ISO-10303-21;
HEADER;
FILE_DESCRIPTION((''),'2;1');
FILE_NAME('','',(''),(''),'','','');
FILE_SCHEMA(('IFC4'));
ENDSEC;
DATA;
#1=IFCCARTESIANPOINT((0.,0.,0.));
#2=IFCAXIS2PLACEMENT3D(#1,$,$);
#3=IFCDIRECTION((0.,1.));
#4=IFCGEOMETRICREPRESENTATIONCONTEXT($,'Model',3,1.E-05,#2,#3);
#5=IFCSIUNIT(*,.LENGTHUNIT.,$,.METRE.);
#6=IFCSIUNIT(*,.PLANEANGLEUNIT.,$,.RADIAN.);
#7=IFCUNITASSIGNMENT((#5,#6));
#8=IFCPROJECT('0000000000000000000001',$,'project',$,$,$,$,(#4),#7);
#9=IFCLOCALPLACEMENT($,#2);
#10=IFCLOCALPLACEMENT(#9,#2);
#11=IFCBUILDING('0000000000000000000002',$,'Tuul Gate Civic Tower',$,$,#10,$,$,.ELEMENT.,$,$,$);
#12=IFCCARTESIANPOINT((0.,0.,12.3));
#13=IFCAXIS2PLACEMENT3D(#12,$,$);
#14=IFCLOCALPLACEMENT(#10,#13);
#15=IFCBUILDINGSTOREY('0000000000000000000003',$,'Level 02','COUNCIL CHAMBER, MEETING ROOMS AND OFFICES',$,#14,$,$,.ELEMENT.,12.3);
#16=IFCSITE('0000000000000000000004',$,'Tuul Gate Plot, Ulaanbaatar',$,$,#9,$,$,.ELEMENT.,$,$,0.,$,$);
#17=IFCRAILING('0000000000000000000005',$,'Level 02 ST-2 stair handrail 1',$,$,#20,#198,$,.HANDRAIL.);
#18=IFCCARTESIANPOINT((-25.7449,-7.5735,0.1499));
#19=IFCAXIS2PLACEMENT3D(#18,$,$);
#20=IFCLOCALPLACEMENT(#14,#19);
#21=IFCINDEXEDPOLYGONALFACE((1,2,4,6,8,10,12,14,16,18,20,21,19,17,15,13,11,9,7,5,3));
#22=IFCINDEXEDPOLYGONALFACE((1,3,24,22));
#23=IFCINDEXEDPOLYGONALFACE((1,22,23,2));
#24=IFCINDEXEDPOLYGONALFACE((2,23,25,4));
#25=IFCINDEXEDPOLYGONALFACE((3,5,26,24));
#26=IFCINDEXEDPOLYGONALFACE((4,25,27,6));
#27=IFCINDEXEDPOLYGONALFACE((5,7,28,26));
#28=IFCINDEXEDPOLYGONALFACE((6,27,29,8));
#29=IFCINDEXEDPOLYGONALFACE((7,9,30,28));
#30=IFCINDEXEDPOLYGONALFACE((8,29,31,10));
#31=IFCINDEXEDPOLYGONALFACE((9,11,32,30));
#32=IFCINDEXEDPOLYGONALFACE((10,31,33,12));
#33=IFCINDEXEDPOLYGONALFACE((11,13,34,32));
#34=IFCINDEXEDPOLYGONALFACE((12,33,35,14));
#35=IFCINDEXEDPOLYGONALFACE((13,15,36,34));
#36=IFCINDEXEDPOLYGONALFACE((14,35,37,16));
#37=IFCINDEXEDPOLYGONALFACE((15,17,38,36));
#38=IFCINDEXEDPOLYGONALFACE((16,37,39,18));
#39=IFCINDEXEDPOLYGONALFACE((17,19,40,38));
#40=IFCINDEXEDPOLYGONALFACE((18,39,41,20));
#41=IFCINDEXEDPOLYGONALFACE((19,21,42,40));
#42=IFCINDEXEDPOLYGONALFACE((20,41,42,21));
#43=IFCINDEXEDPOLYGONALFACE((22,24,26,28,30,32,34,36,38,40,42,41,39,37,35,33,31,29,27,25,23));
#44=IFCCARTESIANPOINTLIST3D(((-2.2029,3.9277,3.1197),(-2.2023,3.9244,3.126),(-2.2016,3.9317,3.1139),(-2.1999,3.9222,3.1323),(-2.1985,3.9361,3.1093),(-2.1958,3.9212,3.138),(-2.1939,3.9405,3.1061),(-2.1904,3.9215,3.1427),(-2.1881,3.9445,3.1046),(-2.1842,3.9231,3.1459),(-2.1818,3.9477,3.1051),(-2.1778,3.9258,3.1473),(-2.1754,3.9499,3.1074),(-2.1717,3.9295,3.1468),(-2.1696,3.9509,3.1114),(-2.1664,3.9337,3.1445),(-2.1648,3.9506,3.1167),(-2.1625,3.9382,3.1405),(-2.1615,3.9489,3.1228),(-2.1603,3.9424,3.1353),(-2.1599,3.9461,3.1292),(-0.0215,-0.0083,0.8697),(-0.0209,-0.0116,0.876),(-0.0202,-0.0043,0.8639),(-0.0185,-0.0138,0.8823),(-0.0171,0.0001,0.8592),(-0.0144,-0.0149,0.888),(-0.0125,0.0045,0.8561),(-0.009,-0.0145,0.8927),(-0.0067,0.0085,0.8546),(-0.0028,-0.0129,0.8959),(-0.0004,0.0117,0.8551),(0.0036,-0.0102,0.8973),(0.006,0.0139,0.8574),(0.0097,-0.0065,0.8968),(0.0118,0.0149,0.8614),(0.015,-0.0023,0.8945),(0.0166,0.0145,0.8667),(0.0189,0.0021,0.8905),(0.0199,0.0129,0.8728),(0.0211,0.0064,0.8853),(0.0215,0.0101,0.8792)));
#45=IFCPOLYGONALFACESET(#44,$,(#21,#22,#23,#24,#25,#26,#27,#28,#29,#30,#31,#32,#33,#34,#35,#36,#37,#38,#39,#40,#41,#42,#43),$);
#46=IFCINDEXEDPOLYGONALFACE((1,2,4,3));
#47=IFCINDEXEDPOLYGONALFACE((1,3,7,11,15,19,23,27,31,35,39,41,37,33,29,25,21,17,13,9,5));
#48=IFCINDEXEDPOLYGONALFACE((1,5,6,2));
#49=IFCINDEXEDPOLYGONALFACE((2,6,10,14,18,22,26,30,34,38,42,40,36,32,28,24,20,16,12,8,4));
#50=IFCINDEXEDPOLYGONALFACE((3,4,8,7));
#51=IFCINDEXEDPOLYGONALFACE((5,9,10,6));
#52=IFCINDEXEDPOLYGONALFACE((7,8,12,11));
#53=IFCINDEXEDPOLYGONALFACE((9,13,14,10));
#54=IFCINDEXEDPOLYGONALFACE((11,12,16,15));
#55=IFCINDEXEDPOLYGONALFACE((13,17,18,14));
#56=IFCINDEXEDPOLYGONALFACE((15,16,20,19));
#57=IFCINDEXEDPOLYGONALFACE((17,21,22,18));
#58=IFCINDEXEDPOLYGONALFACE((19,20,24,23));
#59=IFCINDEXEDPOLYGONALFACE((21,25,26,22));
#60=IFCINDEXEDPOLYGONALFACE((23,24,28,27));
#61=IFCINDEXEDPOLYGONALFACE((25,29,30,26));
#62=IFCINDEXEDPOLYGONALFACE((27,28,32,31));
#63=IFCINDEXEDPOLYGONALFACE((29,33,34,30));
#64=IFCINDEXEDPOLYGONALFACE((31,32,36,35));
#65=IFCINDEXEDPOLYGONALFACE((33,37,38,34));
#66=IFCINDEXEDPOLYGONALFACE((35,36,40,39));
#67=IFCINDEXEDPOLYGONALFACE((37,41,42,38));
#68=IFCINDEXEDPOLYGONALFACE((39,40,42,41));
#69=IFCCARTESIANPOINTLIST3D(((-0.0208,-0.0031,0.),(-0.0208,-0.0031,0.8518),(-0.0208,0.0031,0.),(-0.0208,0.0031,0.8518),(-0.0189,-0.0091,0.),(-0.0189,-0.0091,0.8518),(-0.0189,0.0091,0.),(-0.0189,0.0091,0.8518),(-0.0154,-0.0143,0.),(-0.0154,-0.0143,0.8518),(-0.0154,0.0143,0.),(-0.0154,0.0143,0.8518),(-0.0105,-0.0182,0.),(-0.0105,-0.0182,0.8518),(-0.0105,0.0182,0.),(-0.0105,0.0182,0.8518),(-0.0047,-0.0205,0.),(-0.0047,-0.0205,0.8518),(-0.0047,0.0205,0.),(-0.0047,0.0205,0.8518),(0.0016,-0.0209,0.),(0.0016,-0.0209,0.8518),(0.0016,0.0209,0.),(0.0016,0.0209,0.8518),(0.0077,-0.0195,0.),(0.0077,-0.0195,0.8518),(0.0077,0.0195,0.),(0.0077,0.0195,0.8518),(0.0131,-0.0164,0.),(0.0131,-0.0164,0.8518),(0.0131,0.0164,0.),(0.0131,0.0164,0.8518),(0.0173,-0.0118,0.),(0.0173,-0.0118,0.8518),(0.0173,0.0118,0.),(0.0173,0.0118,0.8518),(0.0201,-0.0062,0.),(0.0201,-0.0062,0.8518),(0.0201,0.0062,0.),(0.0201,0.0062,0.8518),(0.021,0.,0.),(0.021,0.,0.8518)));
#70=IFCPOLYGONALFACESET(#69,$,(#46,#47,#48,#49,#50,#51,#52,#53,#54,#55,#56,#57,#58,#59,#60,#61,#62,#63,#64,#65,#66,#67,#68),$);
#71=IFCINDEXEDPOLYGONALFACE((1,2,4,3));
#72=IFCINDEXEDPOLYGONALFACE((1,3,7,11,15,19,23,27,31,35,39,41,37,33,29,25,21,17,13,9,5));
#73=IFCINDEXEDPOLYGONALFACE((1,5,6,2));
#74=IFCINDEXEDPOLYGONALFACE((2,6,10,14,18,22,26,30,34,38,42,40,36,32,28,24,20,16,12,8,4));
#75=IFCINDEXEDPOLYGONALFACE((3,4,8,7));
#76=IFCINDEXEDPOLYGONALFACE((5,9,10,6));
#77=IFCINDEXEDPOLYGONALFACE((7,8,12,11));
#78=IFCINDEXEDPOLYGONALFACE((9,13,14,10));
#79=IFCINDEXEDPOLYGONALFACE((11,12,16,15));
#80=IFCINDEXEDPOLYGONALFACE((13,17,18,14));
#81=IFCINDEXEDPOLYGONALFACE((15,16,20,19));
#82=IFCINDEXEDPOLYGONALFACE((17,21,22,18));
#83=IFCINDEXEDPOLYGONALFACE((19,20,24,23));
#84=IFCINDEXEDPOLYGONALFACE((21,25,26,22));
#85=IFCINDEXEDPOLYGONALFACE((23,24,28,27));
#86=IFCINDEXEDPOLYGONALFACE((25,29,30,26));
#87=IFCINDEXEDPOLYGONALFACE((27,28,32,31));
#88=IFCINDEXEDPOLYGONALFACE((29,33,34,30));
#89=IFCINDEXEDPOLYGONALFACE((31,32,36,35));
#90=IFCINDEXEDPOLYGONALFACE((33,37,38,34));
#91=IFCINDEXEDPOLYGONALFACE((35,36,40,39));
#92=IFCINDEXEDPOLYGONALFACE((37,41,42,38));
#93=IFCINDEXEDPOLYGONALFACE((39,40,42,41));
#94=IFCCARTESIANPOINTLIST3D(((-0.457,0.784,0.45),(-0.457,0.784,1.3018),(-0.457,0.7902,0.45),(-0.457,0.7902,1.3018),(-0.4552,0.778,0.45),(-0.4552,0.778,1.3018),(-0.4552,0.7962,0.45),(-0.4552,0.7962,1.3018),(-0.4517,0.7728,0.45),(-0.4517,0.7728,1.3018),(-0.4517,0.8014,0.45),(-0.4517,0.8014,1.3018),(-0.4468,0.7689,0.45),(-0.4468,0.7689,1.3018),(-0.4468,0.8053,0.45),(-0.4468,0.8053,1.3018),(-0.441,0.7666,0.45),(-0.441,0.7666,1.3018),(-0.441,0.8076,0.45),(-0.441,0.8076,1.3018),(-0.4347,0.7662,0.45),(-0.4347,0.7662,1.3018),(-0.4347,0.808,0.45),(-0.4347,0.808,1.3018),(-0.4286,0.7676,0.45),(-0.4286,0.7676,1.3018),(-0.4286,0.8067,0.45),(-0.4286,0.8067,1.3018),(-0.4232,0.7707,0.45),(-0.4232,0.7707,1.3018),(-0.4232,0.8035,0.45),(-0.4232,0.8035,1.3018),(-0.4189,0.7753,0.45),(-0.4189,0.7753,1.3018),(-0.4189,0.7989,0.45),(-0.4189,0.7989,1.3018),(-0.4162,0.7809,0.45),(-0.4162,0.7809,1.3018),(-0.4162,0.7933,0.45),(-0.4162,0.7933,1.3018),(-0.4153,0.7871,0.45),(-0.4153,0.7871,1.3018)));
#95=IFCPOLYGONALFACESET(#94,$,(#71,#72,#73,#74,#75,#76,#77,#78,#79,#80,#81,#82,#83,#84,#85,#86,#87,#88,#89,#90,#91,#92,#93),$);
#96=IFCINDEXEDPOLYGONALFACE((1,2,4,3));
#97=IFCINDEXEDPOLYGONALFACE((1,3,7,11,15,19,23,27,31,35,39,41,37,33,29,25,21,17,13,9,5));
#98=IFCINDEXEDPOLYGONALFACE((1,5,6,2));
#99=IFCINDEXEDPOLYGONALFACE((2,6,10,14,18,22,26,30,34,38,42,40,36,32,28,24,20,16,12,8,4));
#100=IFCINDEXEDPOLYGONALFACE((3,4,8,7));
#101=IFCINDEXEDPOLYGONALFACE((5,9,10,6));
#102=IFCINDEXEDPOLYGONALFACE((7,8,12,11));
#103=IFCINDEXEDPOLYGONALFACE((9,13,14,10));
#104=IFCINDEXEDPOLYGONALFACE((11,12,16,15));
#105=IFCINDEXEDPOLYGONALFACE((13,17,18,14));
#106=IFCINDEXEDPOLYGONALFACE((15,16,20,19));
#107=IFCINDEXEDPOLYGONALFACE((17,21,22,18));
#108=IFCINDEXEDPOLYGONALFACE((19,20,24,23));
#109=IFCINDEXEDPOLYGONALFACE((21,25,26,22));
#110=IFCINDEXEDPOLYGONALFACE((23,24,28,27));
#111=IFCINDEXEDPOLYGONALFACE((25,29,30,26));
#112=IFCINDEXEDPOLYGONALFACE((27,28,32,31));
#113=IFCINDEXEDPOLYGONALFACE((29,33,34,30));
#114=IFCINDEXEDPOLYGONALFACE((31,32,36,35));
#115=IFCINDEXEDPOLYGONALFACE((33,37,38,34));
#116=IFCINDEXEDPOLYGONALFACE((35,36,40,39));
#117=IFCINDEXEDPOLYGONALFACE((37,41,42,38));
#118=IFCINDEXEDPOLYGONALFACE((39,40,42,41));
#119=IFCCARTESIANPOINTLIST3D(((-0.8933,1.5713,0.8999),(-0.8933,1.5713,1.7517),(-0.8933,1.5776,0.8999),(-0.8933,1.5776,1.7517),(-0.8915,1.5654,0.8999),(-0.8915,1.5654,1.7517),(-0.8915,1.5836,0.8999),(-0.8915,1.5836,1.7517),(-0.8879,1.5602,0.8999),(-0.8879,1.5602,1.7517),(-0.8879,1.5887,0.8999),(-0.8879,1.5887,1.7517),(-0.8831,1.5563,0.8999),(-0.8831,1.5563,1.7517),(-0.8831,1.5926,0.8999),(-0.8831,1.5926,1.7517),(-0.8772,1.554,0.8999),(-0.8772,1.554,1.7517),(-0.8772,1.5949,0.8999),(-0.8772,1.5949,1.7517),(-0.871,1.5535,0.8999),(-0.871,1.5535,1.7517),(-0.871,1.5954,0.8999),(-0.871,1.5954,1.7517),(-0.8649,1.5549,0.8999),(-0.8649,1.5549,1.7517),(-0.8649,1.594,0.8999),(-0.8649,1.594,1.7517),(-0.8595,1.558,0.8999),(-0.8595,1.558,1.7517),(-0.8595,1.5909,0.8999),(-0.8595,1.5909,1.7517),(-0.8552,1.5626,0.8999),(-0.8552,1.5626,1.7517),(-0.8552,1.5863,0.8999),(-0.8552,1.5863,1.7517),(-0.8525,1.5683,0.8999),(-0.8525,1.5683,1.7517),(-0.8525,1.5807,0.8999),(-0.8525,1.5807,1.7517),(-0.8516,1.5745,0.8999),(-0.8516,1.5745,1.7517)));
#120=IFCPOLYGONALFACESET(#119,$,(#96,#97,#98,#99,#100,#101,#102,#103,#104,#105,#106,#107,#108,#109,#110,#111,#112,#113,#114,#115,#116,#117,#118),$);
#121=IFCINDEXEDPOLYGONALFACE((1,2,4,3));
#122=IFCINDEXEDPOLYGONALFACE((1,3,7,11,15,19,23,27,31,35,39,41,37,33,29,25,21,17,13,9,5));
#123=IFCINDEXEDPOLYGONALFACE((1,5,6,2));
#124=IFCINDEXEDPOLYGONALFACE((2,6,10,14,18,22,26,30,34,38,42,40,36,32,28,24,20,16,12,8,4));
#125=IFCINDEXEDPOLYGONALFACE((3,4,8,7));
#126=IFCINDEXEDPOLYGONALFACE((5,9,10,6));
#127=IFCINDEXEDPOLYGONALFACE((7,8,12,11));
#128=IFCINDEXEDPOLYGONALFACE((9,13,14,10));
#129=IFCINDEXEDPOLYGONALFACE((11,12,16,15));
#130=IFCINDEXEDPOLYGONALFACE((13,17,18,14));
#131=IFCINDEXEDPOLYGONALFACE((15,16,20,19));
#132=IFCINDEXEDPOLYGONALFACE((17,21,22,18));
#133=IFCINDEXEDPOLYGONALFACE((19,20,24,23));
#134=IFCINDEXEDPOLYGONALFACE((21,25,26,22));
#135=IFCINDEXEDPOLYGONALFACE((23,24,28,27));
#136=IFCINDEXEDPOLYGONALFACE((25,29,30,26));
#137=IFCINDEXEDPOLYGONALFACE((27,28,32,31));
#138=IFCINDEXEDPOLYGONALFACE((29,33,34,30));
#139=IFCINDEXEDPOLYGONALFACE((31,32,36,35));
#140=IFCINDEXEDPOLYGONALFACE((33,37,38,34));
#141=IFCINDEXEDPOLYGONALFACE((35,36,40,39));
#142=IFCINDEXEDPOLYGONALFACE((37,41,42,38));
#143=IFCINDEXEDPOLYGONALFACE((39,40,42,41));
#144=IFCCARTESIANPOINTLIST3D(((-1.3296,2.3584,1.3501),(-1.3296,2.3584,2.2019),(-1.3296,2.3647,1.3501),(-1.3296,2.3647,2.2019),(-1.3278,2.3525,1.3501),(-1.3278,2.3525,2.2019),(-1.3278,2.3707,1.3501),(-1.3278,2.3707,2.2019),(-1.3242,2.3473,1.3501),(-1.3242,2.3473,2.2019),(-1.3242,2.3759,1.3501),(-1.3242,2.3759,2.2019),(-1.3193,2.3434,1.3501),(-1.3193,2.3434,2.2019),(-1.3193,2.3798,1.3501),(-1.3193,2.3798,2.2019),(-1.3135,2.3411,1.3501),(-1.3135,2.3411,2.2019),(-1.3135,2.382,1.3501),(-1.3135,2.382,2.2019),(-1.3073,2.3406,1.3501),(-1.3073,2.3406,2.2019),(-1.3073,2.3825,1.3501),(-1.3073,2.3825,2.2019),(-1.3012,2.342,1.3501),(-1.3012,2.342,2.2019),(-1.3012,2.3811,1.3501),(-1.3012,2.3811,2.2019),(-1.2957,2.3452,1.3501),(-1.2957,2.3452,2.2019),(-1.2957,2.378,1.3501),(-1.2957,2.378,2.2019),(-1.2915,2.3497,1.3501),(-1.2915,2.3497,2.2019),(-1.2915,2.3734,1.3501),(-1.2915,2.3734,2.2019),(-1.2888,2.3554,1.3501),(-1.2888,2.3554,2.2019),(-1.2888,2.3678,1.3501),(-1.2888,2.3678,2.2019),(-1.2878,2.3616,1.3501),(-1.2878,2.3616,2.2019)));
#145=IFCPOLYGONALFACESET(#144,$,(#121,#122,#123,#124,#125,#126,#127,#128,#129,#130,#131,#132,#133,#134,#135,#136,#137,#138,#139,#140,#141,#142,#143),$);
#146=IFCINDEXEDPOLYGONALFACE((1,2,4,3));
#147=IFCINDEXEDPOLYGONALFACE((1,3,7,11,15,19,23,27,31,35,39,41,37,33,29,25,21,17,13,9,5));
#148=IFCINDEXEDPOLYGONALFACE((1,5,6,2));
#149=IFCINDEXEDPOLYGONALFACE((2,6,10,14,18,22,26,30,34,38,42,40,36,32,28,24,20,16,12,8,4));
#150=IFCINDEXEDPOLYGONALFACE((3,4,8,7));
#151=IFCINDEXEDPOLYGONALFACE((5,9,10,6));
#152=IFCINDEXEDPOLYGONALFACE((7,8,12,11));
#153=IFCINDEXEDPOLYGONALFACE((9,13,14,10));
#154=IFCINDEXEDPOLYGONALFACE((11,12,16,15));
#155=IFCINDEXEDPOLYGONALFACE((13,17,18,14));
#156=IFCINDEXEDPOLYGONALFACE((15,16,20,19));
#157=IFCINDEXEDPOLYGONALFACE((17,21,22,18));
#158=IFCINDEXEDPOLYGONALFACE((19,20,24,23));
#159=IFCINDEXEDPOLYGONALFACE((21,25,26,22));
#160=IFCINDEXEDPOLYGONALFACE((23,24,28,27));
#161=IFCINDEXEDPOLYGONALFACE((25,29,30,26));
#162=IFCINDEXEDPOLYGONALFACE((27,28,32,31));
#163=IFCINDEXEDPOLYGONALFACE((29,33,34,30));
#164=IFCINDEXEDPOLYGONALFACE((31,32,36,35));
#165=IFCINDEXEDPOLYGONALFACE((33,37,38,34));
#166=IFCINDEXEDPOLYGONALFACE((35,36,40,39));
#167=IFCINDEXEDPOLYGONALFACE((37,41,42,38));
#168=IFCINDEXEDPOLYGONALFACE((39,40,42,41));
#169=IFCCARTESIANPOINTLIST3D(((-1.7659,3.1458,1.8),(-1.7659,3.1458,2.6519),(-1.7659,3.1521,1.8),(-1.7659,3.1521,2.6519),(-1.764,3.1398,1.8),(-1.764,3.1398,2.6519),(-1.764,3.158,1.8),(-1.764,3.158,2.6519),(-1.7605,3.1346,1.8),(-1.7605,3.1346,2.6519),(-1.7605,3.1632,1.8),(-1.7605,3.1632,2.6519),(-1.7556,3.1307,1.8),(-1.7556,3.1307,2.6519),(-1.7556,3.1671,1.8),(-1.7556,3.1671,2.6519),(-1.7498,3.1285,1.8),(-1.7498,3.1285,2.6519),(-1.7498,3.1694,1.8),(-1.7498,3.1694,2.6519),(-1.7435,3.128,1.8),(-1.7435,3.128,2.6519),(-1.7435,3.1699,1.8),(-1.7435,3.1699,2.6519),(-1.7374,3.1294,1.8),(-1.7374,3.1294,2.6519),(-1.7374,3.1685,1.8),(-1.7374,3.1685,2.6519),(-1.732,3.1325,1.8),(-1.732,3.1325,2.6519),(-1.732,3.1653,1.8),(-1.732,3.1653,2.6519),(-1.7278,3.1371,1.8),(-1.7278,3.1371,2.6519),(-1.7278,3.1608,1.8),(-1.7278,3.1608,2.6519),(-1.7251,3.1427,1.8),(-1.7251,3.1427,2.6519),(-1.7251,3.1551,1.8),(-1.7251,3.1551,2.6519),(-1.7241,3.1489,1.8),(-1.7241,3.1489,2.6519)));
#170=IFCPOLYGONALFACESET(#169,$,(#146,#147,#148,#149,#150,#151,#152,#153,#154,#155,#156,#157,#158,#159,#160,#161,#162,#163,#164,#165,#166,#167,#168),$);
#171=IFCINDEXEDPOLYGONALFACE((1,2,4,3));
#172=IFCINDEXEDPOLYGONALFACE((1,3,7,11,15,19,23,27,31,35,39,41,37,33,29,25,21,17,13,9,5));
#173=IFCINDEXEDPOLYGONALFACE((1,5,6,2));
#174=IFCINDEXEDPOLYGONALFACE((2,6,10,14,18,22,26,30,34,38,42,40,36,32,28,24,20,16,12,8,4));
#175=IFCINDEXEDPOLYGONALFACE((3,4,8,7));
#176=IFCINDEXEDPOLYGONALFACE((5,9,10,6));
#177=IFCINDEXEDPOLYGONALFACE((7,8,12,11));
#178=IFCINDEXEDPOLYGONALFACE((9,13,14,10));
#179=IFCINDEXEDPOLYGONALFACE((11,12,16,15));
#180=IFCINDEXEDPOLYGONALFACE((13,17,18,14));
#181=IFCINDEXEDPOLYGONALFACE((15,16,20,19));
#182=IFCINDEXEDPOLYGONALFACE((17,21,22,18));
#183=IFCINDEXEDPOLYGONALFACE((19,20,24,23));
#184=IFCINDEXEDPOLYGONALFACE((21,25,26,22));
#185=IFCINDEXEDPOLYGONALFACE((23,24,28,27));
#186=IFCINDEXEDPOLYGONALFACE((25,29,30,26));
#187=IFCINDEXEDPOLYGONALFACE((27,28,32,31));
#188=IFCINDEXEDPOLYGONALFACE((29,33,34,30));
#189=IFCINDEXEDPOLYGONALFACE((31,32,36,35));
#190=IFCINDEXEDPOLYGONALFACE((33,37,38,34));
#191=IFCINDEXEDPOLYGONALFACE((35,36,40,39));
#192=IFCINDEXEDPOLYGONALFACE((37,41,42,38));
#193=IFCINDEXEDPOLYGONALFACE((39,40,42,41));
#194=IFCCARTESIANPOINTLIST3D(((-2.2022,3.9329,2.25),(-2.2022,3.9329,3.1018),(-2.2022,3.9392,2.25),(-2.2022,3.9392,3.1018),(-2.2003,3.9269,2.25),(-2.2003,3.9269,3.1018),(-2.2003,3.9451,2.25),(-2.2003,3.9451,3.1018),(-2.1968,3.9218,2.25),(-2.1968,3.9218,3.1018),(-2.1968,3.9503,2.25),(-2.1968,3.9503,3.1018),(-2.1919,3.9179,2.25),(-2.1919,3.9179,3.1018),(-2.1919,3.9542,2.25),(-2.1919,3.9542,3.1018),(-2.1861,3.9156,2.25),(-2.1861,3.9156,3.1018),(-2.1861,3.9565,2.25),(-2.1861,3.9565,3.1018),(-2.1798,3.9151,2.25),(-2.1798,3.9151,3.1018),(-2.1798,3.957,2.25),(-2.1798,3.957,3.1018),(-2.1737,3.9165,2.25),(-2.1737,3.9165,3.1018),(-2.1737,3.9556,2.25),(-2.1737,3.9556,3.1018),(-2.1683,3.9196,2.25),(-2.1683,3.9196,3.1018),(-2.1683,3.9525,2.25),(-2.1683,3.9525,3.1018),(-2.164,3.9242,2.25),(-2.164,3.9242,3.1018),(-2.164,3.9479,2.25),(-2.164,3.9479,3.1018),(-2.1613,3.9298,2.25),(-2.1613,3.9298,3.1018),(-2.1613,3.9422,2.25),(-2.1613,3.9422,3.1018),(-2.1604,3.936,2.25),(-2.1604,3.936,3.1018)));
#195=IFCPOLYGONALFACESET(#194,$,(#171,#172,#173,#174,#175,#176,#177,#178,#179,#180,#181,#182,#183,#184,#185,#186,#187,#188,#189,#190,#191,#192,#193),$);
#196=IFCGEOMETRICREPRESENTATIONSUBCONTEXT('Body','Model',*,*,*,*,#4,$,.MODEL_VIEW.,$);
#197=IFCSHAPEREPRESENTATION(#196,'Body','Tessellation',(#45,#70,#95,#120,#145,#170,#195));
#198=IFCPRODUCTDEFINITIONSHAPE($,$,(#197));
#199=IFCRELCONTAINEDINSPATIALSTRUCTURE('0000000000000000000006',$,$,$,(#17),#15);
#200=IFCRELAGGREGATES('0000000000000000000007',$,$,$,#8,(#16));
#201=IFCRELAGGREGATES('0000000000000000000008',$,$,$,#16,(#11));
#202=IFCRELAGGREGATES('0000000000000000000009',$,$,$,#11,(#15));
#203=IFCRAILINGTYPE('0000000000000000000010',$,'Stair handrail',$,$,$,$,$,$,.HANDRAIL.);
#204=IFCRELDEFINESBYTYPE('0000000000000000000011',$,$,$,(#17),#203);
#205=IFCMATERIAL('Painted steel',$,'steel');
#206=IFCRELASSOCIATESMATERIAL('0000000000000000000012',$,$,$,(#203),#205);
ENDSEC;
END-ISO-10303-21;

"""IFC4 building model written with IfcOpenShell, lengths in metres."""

from ifc_helpers import new_model, si_unit, direction, frame, origin, origin_2d, place, context, subcontext, project, spatial, circle, extrude, material, type_object, element, save


model = new_model("IFC4")

# Units and contexts
model_context = context("Model", 3, precision=1e-05, world=origin(), true_north=direction((0.0, 1.0)))
body_context = subcontext(model_context, "Body", "Model", "MODEL_VIEW")
ifc_project = project(units=[si_unit("LENGTHUNIT", "METRE"), si_unit("PLANEANGLEUNIT", "RADIAN")], contexts=[model_context])

# Site, building, storey
site_placement = place(None, origin())
site = spatial("IfcSite", under=ifc_project, at=site_placement, Name="Tuul Gate Plot, Ulaanbaatar", CompositionType="ELEMENT", RefElevation=0.0)
building_placement = place(site_placement, origin())
building = spatial("IfcBuilding", under=site, at=building_placement, Name="Tuul Gate Civic Tower", CompositionType="ELEMENT")
storey_placement = place(building_placement, frame((0.0, 0.0, 12.3)))
storey = spatial("IfcBuildingStorey", under=building, at=storey_placement, Name="Level 02", Description="COUNCIL CHAMBER, MEETING ROOMS AND OFFICES", CompositionType="ELEMENT", Elevation=12.3)

# Railing
ifc_material_1 = material(Name="Painted steel", Category="steel")
railing_type_1 = type_object("IfcRailingType", Name="Stair handrail", PredefinedType="HANDRAIL", material=ifc_material_1)
railing_1_placement = place(storey_placement, frame((-25.7449, -7.5735, 0.1499)))
element("IfcRailing", 1, at=railing_1_placement, inside=storey, type_object=railing_type_1, Name="Level 02 ST-2 stair handrail 1", PredefinedType="HANDRAIL", context=body_context, shape_type="SweptSolid", body=[
    extrude(circle(Radius=0.0239, at=origin_2d()), frame((0.0, 0.0, 0.876), z_axis=(-0.43357, 0.782319, 0.447206), x_axis=(-0.874656, -0.484744, 0.0)), (0.0, 0.0, 1.0), 5.0312),
    extrude(circle(Radius=0.021, at=origin_2d()), origin(), (0.0, 0.0, 1.0), 0.8518),
    extrude(circle(Radius=0.021, at=origin_2d()), frame((-0.4363, 0.7871, 0.45)), (0.0, 0.0, 1.0), 0.8518),
    extrude(circle(Radius=0.021, at=origin_2d()), frame((-0.8726, 1.5745, 0.8999)), (0.0, 0.0, 1.0), 0.8518),
    extrude(circle(Radius=0.021, at=origin_2d()), frame((-1.3088, 2.3616, 1.3501)), (0.0, 0.0, 1.0), 0.8518),
    extrude(circle(Radius=0.021, at=origin_2d()), frame((-1.7451, 3.1489, 1.8)), (0.0, 0.0, 1.0), 0.8518),
    extrude(circle(Radius=0.021, at=origin_2d()), frame((-2.1814, 3.936, 2.25)), (0.0, 0.0, 1.0), 0.8518),
])

save(model, "model.ifc")
